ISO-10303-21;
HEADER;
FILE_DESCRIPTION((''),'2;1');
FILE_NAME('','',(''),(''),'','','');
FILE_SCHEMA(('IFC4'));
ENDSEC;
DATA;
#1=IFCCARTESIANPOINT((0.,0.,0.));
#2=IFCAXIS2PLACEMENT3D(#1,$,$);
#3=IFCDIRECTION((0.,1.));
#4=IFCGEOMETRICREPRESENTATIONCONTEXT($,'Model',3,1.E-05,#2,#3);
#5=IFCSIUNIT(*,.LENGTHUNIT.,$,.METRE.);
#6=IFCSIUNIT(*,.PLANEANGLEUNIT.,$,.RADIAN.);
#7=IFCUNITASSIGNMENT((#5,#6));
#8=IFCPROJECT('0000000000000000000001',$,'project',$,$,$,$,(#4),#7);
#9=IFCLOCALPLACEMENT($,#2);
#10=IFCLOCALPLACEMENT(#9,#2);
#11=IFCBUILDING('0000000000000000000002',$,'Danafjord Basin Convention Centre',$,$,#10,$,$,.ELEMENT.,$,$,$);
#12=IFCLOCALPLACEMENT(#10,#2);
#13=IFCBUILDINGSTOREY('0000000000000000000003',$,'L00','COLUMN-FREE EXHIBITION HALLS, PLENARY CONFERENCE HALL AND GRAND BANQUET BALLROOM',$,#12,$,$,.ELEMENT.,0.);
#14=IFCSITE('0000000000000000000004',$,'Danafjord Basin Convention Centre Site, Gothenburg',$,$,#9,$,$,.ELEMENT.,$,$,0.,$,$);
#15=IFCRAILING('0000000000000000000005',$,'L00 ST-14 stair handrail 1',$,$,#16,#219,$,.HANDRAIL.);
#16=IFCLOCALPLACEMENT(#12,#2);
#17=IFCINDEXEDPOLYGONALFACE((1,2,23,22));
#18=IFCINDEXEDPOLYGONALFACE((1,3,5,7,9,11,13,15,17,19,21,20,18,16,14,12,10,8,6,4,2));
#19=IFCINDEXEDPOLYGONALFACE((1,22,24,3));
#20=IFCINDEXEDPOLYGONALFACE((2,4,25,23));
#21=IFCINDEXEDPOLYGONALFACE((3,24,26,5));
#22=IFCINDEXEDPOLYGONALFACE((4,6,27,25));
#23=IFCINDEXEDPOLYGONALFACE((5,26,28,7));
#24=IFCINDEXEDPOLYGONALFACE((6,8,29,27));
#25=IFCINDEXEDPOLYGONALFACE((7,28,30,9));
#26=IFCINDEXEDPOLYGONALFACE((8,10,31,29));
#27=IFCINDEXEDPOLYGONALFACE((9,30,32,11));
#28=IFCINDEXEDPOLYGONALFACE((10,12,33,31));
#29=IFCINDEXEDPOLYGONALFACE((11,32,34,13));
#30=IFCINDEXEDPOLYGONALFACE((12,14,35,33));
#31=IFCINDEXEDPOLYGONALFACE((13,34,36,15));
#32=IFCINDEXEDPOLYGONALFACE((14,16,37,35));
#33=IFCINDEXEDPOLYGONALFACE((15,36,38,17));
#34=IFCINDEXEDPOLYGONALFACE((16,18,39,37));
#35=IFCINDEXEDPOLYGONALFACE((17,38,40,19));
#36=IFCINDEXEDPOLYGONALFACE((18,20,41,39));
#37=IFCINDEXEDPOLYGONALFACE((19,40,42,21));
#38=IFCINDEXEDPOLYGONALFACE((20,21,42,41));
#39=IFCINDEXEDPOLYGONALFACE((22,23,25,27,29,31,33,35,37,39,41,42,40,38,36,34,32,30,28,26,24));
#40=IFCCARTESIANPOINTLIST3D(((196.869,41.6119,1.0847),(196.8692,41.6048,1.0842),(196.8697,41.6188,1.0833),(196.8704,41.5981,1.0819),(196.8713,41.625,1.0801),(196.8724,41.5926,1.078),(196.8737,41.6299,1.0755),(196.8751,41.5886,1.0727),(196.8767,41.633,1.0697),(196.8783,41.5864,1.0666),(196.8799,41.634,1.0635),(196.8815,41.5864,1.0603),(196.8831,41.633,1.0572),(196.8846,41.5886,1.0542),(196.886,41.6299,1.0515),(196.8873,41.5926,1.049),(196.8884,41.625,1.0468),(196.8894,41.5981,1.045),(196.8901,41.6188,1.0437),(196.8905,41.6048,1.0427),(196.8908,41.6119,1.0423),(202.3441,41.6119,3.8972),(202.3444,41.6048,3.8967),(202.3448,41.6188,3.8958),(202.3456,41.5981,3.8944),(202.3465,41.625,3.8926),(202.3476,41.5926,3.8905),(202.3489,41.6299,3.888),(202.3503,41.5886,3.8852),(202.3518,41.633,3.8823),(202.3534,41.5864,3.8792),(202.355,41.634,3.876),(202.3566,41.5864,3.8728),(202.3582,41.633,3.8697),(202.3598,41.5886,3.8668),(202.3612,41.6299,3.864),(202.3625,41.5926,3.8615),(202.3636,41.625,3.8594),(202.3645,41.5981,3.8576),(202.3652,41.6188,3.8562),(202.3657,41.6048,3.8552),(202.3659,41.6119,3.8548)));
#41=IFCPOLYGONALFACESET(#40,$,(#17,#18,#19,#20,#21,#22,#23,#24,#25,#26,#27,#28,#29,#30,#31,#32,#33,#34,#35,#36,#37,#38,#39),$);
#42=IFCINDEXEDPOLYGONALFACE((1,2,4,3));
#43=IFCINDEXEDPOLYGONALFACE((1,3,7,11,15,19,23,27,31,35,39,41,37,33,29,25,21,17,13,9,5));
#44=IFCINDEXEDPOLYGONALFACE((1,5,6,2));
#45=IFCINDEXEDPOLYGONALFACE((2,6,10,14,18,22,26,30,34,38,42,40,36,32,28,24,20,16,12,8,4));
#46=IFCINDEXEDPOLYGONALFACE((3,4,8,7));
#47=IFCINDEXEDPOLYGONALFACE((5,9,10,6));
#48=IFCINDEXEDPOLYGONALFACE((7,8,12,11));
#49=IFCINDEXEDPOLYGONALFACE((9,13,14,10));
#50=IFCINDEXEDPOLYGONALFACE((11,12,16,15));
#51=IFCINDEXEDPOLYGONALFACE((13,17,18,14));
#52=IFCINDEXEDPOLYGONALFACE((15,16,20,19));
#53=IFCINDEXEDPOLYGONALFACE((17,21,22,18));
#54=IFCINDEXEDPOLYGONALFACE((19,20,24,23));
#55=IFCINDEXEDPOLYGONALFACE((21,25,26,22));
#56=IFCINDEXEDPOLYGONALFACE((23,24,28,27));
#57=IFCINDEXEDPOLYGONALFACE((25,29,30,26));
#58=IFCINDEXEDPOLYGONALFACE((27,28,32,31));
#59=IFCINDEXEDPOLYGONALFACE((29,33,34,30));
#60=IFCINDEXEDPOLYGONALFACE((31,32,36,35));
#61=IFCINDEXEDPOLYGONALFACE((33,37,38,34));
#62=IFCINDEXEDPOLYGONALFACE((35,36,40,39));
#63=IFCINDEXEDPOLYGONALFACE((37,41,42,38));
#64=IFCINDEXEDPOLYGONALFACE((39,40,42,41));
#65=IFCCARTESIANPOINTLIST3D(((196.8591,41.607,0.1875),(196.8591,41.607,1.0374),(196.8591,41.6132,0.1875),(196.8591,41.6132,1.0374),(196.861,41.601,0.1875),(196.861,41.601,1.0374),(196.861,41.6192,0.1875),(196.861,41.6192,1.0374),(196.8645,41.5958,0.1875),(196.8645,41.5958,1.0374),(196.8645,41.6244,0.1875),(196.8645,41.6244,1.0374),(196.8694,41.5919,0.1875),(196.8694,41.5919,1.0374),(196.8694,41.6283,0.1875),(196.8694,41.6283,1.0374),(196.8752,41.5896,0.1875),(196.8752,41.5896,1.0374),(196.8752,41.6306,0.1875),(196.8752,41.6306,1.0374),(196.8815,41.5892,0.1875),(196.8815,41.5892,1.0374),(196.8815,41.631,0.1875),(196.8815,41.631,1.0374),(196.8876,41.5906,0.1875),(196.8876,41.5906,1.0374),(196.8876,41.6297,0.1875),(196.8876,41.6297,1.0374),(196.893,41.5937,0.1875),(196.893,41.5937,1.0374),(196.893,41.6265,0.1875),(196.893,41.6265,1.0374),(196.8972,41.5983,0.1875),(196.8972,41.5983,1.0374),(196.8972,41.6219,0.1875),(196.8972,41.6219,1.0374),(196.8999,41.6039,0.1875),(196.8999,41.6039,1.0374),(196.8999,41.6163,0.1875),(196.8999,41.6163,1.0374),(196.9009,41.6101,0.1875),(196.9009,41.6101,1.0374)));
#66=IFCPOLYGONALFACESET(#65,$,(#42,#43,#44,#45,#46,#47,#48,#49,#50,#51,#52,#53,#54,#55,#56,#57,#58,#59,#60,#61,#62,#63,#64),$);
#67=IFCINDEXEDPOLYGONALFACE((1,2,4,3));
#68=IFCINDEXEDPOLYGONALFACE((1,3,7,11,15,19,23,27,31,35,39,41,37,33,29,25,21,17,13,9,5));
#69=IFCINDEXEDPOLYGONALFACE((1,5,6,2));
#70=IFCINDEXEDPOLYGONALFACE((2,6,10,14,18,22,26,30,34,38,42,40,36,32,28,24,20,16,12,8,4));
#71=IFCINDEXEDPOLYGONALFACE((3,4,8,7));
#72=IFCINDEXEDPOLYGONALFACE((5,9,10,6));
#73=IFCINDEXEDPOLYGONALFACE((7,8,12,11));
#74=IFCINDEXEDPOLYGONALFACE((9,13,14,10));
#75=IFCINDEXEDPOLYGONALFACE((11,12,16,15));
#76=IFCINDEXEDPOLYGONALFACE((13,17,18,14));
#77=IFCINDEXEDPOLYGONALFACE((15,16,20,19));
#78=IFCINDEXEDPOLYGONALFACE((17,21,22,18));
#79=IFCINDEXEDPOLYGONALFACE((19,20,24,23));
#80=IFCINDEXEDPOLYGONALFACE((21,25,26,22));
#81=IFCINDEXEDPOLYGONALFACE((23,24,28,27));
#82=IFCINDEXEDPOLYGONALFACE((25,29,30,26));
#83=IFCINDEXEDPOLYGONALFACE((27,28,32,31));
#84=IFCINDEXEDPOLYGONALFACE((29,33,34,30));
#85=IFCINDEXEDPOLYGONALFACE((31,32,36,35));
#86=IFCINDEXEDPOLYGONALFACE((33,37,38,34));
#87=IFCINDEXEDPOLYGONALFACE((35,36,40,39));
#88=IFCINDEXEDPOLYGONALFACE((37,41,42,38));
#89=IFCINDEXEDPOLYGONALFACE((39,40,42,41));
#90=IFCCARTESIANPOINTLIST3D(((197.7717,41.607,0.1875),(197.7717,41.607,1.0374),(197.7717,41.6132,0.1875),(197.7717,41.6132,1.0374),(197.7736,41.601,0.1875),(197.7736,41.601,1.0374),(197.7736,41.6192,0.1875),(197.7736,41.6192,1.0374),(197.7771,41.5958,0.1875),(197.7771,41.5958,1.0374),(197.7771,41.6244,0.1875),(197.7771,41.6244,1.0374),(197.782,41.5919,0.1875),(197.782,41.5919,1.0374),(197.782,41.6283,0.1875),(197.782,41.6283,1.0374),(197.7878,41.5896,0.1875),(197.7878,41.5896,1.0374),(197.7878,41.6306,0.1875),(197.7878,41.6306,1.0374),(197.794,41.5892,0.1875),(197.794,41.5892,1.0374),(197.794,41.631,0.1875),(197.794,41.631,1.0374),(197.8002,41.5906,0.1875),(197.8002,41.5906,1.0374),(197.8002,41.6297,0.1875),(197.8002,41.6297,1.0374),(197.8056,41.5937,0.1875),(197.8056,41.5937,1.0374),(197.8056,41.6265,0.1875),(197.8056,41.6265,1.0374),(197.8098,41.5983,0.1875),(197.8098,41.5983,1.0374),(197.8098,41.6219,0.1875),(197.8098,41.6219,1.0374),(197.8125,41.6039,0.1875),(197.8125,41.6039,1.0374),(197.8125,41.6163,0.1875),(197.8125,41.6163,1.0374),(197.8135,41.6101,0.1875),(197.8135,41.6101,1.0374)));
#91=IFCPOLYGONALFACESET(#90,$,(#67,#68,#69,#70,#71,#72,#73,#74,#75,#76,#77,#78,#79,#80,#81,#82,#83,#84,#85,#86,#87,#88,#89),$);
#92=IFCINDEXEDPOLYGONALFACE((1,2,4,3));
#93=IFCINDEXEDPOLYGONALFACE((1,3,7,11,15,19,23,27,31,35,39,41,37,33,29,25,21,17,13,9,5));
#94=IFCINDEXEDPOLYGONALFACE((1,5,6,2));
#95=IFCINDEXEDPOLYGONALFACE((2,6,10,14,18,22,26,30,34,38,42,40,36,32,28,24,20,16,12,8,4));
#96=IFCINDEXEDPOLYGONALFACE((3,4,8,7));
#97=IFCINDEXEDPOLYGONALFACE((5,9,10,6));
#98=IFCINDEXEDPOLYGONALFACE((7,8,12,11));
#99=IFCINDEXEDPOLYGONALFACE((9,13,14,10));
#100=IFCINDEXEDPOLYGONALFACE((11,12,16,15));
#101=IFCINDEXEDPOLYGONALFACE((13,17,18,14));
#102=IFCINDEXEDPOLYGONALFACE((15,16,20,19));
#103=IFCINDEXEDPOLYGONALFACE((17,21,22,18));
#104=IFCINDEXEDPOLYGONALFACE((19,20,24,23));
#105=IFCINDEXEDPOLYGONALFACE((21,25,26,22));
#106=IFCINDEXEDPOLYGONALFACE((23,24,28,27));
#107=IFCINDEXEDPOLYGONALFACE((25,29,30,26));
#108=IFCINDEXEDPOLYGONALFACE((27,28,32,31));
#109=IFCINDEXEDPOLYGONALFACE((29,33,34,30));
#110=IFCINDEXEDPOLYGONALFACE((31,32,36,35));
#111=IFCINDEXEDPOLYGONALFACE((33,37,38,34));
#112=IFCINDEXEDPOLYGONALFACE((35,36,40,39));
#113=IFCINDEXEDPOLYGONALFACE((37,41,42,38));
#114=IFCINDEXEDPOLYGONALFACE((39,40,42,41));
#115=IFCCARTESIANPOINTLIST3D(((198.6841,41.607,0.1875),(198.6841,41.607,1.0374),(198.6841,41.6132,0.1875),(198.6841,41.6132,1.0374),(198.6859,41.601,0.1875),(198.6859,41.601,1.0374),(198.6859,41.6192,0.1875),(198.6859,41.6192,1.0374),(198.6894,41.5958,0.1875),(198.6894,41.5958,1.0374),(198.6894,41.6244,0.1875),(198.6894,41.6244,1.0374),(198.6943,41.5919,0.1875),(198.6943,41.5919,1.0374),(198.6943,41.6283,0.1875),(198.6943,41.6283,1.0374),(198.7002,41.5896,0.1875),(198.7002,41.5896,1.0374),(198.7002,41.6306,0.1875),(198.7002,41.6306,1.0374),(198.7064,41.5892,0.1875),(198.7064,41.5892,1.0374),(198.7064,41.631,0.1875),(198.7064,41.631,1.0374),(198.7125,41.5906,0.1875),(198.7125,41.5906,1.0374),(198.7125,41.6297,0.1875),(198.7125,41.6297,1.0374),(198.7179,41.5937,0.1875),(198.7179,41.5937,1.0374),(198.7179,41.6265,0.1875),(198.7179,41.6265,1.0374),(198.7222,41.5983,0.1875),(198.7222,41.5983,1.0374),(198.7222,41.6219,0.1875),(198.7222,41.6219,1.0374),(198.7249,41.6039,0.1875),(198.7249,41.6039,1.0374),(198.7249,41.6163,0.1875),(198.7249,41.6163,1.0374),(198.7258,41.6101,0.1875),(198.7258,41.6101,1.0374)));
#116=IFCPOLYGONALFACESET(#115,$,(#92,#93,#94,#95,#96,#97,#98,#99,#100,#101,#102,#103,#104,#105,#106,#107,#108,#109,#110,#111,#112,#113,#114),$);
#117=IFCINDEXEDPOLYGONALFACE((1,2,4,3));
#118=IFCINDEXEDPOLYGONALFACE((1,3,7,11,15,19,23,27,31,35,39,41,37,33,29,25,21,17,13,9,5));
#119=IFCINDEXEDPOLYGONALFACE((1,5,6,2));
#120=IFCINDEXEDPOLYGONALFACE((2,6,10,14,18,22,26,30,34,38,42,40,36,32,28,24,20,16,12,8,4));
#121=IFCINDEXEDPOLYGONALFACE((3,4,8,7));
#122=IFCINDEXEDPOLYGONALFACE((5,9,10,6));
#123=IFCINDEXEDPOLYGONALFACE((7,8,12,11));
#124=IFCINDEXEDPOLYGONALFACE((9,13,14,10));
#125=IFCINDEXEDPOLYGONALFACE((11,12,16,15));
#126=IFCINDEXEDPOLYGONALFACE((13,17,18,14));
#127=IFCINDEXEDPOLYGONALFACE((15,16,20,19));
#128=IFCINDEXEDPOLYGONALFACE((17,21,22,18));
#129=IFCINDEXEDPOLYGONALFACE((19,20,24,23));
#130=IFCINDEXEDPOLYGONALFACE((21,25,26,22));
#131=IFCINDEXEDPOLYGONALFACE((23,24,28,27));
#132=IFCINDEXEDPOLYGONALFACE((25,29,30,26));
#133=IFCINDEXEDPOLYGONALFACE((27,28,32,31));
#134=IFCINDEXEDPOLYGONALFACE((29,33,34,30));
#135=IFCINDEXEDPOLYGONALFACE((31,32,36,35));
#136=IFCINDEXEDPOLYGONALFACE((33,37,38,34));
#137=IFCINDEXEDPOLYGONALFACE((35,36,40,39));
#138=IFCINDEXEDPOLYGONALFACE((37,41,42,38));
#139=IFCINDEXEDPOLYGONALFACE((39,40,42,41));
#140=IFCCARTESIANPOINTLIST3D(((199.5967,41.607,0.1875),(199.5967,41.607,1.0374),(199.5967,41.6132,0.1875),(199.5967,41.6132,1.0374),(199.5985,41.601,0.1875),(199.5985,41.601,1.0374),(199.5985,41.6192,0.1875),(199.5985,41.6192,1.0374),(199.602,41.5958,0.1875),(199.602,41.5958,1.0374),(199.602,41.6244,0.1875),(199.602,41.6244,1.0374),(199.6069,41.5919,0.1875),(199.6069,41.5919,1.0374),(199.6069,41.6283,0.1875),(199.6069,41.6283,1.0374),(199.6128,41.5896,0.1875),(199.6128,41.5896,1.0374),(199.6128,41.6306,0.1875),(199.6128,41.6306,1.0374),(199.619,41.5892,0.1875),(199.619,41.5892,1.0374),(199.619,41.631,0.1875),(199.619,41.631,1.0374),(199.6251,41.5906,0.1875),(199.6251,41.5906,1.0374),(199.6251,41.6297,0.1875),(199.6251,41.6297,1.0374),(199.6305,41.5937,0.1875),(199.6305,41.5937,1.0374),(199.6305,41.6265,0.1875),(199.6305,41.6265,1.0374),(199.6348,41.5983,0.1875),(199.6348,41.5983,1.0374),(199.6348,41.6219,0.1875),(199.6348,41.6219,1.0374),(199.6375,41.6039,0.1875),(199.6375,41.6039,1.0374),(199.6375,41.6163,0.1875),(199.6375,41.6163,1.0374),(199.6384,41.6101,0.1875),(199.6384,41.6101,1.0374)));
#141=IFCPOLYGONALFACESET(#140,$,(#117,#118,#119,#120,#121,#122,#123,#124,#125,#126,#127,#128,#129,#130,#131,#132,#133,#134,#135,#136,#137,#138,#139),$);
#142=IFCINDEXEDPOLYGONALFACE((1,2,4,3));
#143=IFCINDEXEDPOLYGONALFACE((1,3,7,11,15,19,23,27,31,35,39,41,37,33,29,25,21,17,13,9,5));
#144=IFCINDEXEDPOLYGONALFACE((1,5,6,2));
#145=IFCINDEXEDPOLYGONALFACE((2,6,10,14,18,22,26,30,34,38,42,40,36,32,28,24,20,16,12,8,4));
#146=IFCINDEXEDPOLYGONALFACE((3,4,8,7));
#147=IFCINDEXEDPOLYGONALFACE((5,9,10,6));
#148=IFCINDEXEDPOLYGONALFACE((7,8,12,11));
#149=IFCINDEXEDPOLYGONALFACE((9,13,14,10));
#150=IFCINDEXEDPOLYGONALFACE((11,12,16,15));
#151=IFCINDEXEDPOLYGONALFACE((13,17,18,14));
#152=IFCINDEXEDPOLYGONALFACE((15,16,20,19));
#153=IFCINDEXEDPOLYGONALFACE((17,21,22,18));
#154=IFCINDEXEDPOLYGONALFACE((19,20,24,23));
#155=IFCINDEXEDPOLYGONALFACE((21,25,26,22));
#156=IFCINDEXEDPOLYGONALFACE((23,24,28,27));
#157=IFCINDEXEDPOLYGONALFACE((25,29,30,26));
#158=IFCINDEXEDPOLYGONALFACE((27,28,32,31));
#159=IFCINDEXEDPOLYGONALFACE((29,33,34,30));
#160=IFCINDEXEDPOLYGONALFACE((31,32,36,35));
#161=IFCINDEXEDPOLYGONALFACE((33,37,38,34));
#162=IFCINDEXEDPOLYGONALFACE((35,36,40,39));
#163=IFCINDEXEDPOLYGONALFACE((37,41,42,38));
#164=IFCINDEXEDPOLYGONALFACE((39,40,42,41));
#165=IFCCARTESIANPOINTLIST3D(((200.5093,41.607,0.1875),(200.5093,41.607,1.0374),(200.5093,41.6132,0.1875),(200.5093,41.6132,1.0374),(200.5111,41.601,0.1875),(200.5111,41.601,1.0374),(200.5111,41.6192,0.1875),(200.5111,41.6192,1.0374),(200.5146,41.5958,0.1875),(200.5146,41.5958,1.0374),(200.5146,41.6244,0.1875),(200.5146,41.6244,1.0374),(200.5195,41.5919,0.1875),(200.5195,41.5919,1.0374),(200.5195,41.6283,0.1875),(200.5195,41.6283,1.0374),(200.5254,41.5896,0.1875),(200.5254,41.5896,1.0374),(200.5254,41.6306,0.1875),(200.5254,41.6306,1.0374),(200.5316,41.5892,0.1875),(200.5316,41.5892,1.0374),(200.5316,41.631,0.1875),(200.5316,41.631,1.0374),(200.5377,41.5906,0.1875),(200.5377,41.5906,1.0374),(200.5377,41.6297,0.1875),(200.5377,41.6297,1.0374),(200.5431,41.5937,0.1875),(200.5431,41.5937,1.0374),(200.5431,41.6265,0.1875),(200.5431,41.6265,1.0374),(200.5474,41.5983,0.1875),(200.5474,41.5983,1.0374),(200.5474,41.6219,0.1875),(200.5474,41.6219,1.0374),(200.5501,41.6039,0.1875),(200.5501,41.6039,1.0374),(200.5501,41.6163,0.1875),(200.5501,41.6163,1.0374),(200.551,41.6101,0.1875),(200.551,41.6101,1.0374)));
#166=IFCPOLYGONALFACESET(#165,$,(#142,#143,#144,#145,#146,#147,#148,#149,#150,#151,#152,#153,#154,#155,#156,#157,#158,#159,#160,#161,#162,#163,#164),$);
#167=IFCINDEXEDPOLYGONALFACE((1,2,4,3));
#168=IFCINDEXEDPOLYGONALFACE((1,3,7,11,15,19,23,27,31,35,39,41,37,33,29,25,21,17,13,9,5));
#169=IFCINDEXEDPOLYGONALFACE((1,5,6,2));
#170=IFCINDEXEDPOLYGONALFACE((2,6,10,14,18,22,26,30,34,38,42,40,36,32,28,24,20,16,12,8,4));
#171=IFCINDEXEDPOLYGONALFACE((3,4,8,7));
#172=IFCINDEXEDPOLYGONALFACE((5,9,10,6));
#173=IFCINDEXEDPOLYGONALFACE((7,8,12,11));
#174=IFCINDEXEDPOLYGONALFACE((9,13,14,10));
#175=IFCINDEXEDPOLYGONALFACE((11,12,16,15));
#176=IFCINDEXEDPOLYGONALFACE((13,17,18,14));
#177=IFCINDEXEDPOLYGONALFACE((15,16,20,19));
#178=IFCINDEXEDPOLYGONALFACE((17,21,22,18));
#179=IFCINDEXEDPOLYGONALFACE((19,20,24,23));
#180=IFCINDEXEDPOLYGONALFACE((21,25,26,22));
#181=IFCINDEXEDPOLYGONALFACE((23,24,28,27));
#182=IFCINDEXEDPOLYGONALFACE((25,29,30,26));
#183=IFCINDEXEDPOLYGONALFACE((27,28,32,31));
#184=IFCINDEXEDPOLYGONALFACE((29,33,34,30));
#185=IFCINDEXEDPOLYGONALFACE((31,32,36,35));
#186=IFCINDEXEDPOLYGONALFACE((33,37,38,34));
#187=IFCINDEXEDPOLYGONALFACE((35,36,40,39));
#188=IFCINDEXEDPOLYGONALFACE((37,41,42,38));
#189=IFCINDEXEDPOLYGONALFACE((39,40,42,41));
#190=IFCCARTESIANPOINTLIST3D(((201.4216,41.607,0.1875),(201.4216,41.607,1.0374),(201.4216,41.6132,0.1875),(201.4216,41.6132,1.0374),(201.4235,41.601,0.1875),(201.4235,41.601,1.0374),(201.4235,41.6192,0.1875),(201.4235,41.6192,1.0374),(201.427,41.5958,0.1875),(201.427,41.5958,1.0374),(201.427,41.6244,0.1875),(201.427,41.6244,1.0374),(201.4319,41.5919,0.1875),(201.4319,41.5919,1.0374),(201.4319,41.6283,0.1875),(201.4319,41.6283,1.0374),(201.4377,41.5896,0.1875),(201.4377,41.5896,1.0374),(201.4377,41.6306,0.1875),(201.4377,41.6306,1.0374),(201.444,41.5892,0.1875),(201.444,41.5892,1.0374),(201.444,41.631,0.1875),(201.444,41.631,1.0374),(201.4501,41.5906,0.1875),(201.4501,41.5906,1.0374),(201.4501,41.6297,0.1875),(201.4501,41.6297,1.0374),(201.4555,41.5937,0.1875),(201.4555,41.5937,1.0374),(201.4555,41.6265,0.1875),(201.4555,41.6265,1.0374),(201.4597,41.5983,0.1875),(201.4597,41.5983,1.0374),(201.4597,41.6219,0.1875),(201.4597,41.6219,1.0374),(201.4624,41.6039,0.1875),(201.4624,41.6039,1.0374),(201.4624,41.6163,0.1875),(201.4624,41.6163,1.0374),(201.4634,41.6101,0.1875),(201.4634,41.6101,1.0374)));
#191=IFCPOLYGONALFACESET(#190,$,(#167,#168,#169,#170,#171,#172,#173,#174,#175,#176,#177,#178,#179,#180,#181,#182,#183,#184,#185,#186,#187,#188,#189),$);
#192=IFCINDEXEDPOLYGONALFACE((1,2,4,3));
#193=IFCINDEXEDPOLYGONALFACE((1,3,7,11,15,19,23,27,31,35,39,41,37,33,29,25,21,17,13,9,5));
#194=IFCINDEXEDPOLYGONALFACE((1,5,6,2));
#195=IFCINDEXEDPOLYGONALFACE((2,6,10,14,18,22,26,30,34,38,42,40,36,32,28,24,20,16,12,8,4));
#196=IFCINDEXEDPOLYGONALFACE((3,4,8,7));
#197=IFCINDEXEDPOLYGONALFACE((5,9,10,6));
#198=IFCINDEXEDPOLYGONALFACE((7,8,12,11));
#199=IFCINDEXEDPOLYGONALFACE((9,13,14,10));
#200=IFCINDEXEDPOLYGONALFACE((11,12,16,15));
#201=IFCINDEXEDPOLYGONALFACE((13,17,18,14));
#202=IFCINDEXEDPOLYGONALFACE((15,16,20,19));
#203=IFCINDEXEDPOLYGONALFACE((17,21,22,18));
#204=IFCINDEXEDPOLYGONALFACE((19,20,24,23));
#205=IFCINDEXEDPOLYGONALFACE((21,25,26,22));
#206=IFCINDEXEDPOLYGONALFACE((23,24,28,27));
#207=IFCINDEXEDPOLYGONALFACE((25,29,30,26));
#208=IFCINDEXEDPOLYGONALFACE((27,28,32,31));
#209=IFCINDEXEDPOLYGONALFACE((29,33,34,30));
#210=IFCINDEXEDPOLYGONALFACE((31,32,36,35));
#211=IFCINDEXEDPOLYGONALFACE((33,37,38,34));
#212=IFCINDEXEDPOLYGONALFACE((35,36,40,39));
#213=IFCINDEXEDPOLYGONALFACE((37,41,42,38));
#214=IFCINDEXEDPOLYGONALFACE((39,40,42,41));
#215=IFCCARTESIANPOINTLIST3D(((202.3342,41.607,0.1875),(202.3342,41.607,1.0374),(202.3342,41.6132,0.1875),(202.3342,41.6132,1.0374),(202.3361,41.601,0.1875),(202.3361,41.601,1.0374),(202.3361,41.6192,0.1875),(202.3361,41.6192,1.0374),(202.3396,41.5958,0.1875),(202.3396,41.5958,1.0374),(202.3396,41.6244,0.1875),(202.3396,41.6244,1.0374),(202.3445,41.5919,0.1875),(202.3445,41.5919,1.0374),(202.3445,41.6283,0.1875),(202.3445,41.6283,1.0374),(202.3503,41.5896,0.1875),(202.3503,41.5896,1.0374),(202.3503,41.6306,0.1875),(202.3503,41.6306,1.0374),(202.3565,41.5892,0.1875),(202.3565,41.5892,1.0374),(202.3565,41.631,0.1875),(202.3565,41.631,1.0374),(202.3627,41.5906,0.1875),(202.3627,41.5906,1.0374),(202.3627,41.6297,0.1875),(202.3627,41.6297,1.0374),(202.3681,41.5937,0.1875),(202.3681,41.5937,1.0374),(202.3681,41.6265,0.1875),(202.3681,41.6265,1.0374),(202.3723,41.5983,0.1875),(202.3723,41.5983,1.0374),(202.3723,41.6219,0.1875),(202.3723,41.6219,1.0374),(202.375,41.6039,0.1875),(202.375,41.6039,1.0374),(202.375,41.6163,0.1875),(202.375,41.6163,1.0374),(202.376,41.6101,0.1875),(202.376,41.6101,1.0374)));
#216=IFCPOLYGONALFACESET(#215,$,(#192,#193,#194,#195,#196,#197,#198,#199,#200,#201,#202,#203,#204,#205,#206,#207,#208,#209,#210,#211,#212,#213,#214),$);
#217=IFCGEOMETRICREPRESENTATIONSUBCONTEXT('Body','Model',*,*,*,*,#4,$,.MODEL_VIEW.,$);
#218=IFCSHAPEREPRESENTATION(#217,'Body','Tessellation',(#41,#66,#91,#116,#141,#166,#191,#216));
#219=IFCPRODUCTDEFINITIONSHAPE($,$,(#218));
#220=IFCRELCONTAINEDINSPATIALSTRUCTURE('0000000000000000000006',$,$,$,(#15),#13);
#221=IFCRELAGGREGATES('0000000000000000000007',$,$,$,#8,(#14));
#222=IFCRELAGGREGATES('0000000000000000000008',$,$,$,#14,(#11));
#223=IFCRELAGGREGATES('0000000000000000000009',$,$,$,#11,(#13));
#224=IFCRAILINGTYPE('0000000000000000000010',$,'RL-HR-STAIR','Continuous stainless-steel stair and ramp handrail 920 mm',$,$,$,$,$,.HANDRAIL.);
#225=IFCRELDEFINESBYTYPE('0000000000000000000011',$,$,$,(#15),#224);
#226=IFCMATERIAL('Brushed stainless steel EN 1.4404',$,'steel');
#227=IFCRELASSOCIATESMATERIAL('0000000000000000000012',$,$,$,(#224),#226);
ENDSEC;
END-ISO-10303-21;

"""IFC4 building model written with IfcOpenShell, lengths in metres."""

from ifc_helpers import new_model, si_unit, direction, frame, origin, origin_2d, place, context, subcontext, project, spatial, circle, extrude, material, type_object, element, save


model = new_model("IFC4")

# Units and contexts
model_context = context("Model", 3, precision=1e-05, world=origin(), true_north=direction((0.0, 1.0)))
body_context = subcontext(model_context, "Body", "Model", "MODEL_VIEW")
ifc_project = project(units=[si_unit("LENGTHUNIT", "METRE"), si_unit("PLANEANGLEUNIT", "RADIAN")], contexts=[model_context])

# Site, building, storey
site_placement = place(None, origin())
site = spatial("IfcSite", under=ifc_project, at=site_placement, Name="Danafjord Basin Convention Centre Site, Gothenburg", CompositionType="ELEMENT", RefElevation=0.0)
building_placement = place(site_placement, origin())
building = spatial("IfcBuilding", under=site, at=building_placement, Name="Danafjord Basin Convention Centre", CompositionType="ELEMENT")
storey_placement = place(building_placement, origin())
storey = spatial("IfcBuildingStorey", under=building, at=storey_placement, Name="L00", Description="COLUMN-FREE EXHIBITION HALLS, PLENARY CONFERENCE HALL AND GRAND BANQUET BALLROOM", CompositionType="ELEMENT", Elevation=0.0)

# Railing
ifc_material_1 = material(Name="Brushed stainless steel EN 1.4404", Category="steel")
railing_type_1 = type_object("IfcRailingType", Name="RL-HR-STAIR", Description="Continuous stainless-steel stair and ramp handrail 920 mm", PredefinedType="HANDRAIL", material=ifc_material_1)
railing_1_placement = place(storey_placement, frame((196.8799, 41.6101, 0.1875)))
element("IfcRailing", 1, at=railing_1_placement, inside=storey, type_object=railing_type_1, Name="L00 ST-14 stair handrail 1", PredefinedType="HANDRAIL", context=body_context, shape_type="SweptSolid", body=[
    extrude(circle(Radius=0.0239, at=origin_2d()), frame((0.0, 0.0, 0.876), z_axis=(0.889503, 0.0, 0.456929), x_axis=(0.0, 1.0, 0.0)), (0.0, 0.0, 1.0), 6.1553),
    extrude(circle(Radius=0.021, at=origin_2d()), origin(), (0.0, 0.0, 1.0), 0.8499),
    extrude(circle(Radius=0.021, at=origin_2d()), frame((0.9126, 0.0, 0.0)), (0.0, 0.0, 1.0), 0.8499),
    extrude(circle(Radius=0.021, at=origin_2d()), frame((1.825, 0.0, 0.0)), (0.0, 0.0, 1.0), 0.8499),
    extrude(circle(Radius=0.021, at=origin_2d()), frame((2.7375, 0.0, 0.0)), (0.0, 0.0, 1.0), 0.8499),
    extrude(circle(Radius=0.021, at=origin_2d()), frame((3.6501, 0.0, 0.0)), (0.0, 0.0, 1.0), 0.8499),
    extrude(circle(Radius=0.021, at=origin_2d()), frame((4.5625, 0.0, 0.0)), (0.0, 0.0, 1.0), 0.8499),
    extrude(circle(Radius=0.021, at=origin_2d()), frame((5.4751, 0.0, 0.0)), (0.0, 0.0, 1.0), 0.8499),
])

save(model, "model.ifc")
